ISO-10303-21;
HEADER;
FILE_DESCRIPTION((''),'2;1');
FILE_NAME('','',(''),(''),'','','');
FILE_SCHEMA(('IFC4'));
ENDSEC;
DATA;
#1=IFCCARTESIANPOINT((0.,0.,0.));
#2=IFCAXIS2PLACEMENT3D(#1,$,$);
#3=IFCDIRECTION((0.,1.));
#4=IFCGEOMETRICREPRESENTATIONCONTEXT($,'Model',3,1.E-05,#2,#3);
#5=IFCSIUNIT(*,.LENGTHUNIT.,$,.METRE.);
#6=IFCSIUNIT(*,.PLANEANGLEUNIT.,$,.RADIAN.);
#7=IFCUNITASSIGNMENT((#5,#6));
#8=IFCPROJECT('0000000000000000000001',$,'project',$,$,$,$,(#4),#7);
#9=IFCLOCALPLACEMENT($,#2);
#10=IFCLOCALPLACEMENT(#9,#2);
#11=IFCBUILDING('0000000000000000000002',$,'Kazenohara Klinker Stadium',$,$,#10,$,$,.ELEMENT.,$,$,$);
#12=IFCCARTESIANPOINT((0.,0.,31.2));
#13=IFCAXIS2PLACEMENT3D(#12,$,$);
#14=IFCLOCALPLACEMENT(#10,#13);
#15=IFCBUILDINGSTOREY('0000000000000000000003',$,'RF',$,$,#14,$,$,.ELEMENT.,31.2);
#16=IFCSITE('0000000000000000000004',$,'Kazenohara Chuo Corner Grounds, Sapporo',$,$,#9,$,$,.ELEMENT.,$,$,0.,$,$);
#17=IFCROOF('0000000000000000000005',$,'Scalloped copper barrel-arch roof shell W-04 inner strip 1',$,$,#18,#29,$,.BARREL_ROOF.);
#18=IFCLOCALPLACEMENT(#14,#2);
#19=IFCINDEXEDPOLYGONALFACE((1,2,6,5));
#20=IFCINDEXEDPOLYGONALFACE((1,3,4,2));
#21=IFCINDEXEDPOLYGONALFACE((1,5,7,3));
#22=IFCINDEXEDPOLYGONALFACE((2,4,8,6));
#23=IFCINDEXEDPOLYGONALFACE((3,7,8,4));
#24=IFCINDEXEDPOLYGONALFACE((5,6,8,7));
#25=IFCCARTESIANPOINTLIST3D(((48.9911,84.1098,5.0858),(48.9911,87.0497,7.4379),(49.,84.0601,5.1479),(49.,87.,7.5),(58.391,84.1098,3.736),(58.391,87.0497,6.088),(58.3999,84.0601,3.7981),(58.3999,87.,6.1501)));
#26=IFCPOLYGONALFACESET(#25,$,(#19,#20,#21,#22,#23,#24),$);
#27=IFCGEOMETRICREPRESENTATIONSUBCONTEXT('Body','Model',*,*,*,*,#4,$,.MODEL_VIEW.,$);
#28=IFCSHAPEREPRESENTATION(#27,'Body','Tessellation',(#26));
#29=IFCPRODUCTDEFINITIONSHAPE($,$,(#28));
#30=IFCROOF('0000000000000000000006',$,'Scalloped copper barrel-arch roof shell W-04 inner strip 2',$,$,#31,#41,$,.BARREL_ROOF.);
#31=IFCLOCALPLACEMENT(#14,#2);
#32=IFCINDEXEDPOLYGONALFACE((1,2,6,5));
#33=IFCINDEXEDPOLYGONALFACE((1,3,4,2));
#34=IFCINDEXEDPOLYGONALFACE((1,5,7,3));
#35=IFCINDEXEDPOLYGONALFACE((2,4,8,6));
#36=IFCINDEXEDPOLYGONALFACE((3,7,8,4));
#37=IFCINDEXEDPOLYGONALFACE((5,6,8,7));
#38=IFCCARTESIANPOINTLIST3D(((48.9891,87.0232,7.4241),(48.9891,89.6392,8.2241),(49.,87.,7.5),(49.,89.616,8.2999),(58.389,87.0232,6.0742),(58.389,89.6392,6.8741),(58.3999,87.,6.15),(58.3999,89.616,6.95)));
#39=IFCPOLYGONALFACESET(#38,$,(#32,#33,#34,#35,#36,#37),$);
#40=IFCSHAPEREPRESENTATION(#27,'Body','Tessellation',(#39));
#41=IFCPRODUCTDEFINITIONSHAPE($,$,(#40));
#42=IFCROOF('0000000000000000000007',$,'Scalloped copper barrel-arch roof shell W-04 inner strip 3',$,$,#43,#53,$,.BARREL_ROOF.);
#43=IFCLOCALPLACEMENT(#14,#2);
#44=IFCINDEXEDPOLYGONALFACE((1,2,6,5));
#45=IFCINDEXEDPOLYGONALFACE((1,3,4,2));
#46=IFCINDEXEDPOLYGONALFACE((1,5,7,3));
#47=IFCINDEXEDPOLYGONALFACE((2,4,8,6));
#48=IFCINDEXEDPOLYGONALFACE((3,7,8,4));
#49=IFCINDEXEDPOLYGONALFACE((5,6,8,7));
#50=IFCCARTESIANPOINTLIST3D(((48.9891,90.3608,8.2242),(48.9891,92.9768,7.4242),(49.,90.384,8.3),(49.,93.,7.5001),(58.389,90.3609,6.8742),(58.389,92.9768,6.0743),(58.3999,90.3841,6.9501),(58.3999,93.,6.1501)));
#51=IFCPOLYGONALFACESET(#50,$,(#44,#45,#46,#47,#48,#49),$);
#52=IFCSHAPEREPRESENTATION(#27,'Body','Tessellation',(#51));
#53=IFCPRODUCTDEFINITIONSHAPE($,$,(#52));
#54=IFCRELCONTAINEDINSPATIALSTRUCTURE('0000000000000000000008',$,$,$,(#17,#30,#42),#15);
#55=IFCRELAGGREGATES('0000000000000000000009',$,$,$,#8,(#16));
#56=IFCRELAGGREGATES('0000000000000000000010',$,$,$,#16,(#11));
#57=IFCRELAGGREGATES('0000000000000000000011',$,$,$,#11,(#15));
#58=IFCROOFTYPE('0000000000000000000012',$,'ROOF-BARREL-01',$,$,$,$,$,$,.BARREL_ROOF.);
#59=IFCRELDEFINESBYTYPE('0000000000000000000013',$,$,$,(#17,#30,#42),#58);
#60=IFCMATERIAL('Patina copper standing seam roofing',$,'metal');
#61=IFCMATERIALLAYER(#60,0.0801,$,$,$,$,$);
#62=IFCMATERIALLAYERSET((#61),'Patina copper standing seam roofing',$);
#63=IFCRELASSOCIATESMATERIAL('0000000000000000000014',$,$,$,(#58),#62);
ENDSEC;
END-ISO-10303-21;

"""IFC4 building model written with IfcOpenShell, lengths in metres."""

from ifc_helpers import new_model, si_unit, direction, frame, origin, place, context, subcontext, project, spatial, polyline, outline, extrude, material, layer, layer_set, type_object, element, save


model = new_model("IFC4")

# Units and contexts
model_context = context("Model", 3, precision=1e-05, world=origin(), true_north=direction((0.0, 1.0)))
body_context = subcontext(model_context, "Body", "Model", "MODEL_VIEW")
ifc_project = project(units=[si_unit("LENGTHUNIT", "METRE"), si_unit("PLANEANGLEUNIT", "RADIAN")], contexts=[model_context])

# Site, building, storey
site_placement = place(None, origin())
site = spatial("IfcSite", under=ifc_project, at=site_placement, Name="Kazenohara Chuo Corner Grounds, Sapporo", CompositionType="ELEMENT", RefElevation=0.0)
building_placement = place(site_placement, origin())
building = spatial("IfcBuilding", under=site, at=building_placement, Name="Kazenohara Klinker Stadium", CompositionType="ELEMENT")
storey_placement = place(building_placement, frame((0.0, 0.0, 31.2)))
storey = spatial("IfcBuildingStorey", under=building, at=storey_placement, Name="RF", CompositionType="ELEMENT", Elevation=31.2)

# Roofs
ifc_material_1 = material(Name="Patina copper standing seam roofing", Category="metal")
ifc_layer_1 = layer(ifc_material_1, 0.0801)
ifc_layer_set_1 = layer_set([ifc_layer_1], Name="Patina copper standing seam roofing")
roof_type = type_object("IfcRoofType", Name="ROOF-BARREL-01", PredefinedType="BARREL_ROOF", material=ifc_layer_set_1)
roof_1_placement = place(storey_placement, frame((49.0, 84.0601, 5.1479), z_axis=(0.111435, -0.62082, 0.775993), x_axis=(0.989846, 0.0, -0.142145)))
element("IfcRoof", 1, at=roof_1_placement, inside=storey, type_object=roof_type, Name="Scalloped copper barrel-arch roof shell W-04 inner strip 1", PredefinedType="BARREL_ROOF", context=body_context, shape_type="SweptSolid", body=[
    extrude(outline(polyline([(0.0, 0.0), (9.4963, 0.0), (9.162, 3.7501), (-0.3343, 3.7501), (0.0, 0.0)])), origin(), (0.0, 0.0, -1.0), 0.0801),
])
roof_2_placement = place(storey_placement, frame((49.0, 87.0, 7.5), z_axis=(0.136061, -0.289701, 0.947397), x_axis=(0.989844, 0.000004, -0.142156)))
element("IfcRoof", 2, at=roof_2_placement, inside=storey, type_object=roof_type, Name="Scalloped copper barrel-arch roof shell W-04 inner strip 2", PredefinedType="BARREL_ROOF", context=body_context, shape_type="SweptSolid", body=[
    extrude(outline(polyline([(0.0, 0.0), (9.4963, 0.0), (9.3826, 2.7331), (-0.1137, 2.7332), (0.0, 0.0)])), origin(), (0.0, 0.0, -1.0), 0.0801),
])
roof_3_placement = place(storey_placement, frame((49.0, 90.384, 8.3), z_axis=(0.136061, 0.289701, 0.947397), x_axis=(0.989844, 0.000004, -0.142158)))
element("IfcRoof", 3, at=roof_3_placement, inside=storey, type_object=roof_type, Name="Scalloped copper barrel-arch roof shell W-04 inner strip 3", PredefinedType="BARREL_ROOF", context=body_context, shape_type="SweptSolid", body=[
    extrude(outline(polyline([(0.0, 0.0), (9.4964, 0.0), (9.6101, 2.7331), (0.1137, 2.7332), (0.0, 0.0)])), origin(), (0.0, 0.0, -1.0), 0.0801),
])

save(model, "model.ifc")
